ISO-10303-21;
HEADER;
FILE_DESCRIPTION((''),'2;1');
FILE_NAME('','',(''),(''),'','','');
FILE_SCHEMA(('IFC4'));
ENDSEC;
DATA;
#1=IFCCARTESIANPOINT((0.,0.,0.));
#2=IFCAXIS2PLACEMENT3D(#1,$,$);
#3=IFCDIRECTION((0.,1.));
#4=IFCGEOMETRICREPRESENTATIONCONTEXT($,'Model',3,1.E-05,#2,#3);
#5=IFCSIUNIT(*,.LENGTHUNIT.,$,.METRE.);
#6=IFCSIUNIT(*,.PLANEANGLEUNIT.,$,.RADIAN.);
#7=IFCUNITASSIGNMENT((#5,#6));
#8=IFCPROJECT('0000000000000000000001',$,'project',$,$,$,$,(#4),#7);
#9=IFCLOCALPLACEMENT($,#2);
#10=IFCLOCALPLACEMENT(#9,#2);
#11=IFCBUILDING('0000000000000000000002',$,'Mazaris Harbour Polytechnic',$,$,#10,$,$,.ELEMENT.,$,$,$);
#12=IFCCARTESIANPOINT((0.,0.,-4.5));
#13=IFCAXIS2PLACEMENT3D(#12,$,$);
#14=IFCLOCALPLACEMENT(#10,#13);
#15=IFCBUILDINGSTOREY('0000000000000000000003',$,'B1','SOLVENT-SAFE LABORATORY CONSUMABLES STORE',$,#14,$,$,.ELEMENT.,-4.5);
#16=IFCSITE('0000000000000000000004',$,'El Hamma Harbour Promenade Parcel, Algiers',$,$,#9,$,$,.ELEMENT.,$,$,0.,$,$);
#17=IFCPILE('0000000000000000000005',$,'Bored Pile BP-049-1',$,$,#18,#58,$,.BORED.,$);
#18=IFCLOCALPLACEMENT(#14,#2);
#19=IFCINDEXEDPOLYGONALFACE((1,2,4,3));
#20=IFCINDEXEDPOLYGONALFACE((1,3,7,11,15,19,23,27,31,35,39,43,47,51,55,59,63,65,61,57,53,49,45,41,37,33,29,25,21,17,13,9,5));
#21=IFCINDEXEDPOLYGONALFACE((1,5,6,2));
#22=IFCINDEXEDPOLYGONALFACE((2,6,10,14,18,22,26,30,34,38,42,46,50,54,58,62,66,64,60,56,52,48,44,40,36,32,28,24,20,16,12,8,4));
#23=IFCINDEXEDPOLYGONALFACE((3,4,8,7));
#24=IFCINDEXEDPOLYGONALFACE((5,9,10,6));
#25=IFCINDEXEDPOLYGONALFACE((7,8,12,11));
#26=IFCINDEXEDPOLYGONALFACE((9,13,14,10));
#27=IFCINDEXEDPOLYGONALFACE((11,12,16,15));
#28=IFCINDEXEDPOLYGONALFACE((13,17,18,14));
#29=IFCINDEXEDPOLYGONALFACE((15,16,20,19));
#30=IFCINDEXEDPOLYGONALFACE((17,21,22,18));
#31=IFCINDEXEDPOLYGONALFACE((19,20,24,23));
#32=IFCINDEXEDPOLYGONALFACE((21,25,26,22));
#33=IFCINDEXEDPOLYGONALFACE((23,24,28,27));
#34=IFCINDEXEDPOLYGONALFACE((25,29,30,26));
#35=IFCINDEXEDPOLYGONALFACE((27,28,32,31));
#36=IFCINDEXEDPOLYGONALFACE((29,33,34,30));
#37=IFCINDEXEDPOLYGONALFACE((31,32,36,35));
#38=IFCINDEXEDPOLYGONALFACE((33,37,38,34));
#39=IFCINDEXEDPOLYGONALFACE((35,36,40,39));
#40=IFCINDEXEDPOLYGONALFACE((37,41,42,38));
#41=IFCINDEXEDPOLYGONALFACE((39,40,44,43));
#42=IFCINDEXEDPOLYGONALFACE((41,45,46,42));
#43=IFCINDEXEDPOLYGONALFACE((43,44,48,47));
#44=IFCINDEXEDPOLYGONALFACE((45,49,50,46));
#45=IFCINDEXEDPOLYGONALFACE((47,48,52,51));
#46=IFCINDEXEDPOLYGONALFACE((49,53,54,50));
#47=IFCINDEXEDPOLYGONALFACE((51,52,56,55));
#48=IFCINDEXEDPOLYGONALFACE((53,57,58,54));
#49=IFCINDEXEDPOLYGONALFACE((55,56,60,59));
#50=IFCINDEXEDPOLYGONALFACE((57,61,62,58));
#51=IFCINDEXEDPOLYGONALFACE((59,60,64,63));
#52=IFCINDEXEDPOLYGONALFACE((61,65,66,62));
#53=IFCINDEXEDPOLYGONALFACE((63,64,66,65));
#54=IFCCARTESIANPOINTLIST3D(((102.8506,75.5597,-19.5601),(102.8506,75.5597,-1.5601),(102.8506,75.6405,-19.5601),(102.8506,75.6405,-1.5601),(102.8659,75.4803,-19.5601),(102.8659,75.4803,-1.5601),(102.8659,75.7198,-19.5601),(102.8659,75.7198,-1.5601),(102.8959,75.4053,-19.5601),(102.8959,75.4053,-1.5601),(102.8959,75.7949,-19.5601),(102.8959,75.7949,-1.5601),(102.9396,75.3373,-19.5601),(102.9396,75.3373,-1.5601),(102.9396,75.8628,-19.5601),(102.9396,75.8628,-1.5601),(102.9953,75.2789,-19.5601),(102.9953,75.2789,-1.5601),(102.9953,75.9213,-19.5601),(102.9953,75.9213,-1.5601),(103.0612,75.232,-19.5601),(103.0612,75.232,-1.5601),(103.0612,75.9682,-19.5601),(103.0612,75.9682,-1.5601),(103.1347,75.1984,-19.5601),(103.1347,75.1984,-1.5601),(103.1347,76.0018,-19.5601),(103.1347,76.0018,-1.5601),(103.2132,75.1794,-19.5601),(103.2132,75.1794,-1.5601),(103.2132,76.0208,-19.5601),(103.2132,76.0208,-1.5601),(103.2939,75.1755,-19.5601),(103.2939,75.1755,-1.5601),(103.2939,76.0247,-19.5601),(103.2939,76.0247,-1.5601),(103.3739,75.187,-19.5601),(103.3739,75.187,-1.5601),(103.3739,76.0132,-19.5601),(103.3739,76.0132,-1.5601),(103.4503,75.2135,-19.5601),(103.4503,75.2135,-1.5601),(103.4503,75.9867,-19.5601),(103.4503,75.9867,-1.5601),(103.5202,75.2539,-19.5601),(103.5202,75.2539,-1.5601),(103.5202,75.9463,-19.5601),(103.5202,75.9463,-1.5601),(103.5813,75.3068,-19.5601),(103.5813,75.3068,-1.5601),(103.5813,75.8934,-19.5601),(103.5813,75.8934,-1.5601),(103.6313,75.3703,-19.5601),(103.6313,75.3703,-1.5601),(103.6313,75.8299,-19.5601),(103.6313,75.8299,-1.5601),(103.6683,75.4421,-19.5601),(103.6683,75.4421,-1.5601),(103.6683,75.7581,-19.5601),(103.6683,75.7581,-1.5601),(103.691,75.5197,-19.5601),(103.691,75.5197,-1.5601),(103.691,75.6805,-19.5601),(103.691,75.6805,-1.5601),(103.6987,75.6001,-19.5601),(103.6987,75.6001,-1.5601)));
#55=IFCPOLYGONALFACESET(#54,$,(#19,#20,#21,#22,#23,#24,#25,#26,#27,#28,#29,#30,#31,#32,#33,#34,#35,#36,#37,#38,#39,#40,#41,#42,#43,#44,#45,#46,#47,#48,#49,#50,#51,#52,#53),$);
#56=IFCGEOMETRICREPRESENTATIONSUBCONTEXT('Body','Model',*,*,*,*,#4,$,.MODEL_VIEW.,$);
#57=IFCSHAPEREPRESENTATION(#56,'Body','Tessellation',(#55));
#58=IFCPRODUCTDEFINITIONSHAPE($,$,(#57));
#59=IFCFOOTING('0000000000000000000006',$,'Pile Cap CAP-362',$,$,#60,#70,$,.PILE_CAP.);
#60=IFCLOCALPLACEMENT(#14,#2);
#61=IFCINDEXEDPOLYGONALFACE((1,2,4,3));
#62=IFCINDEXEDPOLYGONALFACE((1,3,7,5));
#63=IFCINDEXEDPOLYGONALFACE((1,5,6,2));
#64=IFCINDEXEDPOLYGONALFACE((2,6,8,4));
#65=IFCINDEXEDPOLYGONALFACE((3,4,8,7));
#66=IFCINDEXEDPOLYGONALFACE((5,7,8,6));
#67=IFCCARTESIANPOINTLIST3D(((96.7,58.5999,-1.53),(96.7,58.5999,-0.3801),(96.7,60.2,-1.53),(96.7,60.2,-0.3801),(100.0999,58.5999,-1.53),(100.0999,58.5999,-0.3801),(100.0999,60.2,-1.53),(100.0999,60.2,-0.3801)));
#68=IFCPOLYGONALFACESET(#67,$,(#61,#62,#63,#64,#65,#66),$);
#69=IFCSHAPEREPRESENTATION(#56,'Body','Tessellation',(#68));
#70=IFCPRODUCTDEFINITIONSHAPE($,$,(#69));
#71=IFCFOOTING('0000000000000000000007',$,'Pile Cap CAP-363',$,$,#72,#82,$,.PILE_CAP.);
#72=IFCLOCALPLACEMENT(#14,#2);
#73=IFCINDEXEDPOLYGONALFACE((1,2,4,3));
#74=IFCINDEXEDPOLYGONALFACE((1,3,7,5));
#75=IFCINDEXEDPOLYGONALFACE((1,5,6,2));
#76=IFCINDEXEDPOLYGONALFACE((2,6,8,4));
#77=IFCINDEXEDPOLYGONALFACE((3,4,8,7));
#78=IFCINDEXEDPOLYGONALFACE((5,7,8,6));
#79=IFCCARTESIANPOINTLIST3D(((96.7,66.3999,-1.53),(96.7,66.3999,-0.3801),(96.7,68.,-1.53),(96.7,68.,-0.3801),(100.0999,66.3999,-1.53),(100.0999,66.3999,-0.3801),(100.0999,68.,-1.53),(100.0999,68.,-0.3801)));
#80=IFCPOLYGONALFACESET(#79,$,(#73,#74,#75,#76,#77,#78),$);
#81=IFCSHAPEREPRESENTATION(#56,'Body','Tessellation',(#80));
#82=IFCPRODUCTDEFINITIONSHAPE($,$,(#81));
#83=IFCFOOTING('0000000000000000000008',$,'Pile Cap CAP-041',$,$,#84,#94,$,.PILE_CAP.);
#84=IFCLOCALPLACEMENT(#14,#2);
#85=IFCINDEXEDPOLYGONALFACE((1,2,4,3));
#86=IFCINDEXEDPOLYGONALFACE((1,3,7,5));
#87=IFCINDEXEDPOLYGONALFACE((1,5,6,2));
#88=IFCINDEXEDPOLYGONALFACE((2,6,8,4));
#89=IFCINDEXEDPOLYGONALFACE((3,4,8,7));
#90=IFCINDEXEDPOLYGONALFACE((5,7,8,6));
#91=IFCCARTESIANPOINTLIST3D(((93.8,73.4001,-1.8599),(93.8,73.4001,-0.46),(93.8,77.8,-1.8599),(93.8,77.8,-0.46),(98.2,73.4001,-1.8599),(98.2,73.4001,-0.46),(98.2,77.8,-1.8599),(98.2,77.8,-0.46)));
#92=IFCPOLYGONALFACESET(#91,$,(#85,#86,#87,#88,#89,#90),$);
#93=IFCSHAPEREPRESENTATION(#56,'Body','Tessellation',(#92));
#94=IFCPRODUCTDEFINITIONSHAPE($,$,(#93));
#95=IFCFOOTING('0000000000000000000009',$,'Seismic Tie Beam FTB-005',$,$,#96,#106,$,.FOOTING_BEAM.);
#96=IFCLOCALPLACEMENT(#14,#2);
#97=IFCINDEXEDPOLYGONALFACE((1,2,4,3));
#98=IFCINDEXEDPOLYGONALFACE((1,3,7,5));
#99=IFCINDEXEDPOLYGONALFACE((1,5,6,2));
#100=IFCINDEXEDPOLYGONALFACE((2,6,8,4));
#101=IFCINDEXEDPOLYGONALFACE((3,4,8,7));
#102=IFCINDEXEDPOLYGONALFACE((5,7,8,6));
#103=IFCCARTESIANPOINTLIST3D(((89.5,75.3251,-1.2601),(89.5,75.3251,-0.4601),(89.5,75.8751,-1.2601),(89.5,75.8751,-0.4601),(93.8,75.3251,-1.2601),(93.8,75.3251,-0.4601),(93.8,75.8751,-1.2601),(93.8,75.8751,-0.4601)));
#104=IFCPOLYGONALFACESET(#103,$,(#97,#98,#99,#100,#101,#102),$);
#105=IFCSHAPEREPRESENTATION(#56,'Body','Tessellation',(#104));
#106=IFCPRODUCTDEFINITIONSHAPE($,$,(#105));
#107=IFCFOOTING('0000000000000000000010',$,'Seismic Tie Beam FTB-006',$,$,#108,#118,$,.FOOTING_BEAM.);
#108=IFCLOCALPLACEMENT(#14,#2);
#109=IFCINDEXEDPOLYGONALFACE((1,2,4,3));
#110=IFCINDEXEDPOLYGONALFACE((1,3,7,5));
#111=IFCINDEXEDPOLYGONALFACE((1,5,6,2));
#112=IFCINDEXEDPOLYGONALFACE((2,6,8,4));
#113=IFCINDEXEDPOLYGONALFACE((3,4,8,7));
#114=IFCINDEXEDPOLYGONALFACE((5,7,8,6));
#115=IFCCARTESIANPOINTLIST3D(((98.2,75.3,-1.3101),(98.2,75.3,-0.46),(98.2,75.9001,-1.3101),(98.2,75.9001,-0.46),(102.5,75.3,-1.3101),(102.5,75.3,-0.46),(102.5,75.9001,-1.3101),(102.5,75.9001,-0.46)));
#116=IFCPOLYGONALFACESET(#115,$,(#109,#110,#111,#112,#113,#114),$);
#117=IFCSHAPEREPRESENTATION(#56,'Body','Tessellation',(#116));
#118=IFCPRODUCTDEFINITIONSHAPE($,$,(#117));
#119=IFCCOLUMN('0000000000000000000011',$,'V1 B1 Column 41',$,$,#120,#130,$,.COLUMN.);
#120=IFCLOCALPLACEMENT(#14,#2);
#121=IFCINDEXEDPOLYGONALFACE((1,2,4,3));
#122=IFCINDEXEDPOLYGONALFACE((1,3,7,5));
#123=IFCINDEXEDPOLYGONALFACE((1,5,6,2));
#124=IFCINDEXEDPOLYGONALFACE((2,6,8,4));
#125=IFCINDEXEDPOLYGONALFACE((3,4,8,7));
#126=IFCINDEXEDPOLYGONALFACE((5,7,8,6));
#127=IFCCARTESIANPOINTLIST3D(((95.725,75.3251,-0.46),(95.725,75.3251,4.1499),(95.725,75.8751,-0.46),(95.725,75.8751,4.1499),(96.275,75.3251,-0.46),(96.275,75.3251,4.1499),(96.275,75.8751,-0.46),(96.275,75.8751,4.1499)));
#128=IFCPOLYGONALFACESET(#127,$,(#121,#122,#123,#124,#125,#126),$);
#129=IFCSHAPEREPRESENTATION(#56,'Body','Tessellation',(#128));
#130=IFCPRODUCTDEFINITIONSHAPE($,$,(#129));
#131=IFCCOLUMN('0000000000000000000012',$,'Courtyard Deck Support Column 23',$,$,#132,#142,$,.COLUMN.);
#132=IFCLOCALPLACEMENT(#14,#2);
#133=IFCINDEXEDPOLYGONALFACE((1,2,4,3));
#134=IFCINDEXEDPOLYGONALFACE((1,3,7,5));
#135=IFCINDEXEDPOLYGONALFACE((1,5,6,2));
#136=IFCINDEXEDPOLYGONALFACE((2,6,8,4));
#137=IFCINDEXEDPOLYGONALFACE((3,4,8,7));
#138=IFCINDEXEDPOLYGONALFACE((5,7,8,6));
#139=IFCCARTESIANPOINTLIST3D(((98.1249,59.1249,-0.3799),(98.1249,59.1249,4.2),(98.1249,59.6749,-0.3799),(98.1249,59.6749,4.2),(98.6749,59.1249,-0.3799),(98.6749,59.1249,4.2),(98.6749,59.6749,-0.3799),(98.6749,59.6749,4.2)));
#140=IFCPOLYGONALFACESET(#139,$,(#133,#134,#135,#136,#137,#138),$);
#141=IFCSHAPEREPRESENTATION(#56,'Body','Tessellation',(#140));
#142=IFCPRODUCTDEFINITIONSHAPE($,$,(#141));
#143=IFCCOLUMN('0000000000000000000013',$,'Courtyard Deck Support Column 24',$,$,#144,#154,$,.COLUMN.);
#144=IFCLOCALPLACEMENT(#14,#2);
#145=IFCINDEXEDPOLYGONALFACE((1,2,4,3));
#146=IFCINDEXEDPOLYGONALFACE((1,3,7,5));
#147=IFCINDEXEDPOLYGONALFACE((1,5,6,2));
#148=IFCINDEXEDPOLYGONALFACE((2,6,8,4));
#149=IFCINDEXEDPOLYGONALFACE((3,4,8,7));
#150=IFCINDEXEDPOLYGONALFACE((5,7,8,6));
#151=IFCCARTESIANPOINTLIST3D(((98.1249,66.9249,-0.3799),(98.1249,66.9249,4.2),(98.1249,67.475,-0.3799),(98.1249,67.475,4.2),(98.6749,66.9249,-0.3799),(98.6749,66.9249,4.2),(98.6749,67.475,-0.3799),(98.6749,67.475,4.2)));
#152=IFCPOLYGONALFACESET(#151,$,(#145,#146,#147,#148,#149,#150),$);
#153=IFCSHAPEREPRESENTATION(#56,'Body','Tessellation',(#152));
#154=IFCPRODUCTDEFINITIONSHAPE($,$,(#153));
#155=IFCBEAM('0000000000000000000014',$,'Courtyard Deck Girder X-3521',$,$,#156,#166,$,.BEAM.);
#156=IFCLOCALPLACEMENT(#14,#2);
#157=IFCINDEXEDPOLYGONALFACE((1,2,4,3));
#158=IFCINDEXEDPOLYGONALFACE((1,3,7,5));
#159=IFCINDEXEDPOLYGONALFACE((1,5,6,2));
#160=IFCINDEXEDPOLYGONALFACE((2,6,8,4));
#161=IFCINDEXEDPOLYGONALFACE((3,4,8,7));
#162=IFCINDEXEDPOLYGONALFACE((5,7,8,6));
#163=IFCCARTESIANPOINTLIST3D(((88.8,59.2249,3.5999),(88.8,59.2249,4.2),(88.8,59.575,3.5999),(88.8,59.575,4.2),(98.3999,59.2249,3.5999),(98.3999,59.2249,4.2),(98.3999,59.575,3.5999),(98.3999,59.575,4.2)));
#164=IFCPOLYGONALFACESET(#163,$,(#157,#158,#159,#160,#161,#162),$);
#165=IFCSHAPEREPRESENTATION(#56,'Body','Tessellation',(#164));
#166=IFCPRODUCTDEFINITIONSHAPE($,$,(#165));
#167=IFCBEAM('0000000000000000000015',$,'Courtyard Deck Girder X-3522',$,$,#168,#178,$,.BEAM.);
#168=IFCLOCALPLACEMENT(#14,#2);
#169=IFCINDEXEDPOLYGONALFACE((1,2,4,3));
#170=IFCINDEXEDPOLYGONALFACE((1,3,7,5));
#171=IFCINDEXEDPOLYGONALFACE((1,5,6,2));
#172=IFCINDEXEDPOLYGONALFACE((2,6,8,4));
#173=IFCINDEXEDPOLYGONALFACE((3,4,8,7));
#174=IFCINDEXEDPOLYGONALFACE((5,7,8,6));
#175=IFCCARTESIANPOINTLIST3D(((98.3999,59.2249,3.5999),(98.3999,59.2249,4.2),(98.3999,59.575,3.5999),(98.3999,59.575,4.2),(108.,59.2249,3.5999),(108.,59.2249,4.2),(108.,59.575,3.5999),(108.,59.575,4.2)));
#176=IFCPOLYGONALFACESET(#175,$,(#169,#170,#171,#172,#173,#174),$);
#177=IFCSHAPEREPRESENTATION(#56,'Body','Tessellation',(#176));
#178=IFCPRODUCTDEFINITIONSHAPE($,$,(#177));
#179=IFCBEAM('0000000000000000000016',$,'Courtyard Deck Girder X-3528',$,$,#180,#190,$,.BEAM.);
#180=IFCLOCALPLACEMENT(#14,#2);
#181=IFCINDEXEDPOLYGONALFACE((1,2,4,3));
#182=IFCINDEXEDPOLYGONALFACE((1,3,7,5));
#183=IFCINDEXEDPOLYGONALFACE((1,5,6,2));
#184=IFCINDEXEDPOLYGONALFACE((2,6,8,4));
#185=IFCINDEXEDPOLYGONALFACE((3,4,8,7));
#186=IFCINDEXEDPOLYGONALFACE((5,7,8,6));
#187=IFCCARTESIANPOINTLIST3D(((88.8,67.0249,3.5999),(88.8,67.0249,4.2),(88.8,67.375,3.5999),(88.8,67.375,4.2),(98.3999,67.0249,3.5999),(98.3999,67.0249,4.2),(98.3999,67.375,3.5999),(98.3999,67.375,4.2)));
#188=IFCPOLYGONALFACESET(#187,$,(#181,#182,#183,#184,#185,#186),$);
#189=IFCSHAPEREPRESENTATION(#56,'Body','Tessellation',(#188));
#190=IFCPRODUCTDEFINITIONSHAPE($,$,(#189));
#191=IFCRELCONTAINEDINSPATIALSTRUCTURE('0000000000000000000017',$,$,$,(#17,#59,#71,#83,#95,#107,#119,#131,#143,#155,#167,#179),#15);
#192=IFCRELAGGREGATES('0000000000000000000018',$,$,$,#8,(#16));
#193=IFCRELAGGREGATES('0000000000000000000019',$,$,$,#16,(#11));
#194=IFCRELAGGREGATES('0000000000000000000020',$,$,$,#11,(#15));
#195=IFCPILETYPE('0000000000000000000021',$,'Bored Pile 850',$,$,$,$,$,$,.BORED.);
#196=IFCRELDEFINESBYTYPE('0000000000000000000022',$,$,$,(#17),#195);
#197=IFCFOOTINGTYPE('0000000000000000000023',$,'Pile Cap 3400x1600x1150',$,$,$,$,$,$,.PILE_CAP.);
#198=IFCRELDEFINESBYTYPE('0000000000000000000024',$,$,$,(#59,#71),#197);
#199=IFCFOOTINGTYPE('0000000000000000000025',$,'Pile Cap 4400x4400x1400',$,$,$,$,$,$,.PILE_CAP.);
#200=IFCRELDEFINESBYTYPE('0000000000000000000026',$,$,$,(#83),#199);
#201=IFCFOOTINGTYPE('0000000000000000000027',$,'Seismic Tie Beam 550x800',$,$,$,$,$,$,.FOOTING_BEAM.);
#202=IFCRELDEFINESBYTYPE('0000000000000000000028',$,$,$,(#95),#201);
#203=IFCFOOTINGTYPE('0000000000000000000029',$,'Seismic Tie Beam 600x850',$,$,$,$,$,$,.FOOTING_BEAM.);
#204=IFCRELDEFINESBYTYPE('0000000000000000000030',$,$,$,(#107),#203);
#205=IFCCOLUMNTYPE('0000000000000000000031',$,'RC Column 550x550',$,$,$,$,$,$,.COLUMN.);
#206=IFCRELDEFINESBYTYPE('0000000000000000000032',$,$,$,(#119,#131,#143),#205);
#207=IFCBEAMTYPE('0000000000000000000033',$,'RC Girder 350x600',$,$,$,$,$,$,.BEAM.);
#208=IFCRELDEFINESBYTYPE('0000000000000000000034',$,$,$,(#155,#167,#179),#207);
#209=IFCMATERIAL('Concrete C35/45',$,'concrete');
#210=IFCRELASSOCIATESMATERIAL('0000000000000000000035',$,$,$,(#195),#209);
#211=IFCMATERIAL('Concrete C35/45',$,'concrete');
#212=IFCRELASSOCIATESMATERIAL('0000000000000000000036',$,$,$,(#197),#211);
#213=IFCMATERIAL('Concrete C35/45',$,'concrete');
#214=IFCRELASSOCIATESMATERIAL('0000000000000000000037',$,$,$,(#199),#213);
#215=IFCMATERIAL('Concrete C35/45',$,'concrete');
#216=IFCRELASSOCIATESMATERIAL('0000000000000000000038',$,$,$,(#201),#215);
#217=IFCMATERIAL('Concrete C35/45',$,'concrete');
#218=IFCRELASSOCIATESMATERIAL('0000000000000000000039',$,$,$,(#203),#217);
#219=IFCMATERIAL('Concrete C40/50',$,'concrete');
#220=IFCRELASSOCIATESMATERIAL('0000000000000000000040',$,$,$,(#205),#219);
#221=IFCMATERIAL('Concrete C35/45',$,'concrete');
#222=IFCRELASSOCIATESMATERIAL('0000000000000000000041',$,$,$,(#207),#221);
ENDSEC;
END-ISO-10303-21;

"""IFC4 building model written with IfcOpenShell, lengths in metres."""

from ifc_helpers import new_model, si_unit, direction, frame, origin, origin_2d, place, context, subcontext, project, spatial, rectangle, circle, extrude, material, material_profile, profile_set, type_object, element, save


model = new_model("IFC4")

# Units and contexts
model_context = context("Model", 3, precision=1e-05, world=origin(), true_north=direction((0.0, 1.0)))
body_context = subcontext(model_context, "Body", "Model", "MODEL_VIEW")
ifc_project = project(units=[si_unit("LENGTHUNIT", "METRE"), si_unit("PLANEANGLEUNIT", "RADIAN")], contexts=[model_context])

# Site, building, storey
site_placement = place(None, origin())
site = spatial("IfcSite", under=ifc_project, at=site_placement, Name="El Hamma Harbour Promenade Parcel, Algiers", CompositionType="ELEMENT", RefElevation=0.0)
building_placement = place(site_placement, origin())
building = spatial("IfcBuilding", under=site, at=building_placement, Name="Mazaris Harbour Polytechnic", CompositionType="ELEMENT")
storey_placement = place(building_placement, frame((0.0, 0.0, -4.5)))
storey = spatial("IfcBuildingStorey", under=building, at=storey_placement, Name="B1", Description="SOLVENT-SAFE LABORATORY CONSUMABLES STORE", CompositionType="ELEMENT", Elevation=-4.5)

# Pile
ifc_material_1 = material(Name="Concrete C35/45", Category="concrete")
ifc_material_profile_1 = material_profile(ifc_material_1, circle(Radius=0.425, at=origin_2d()), Name="DIA850")
ifc_profile_set_1 = profile_set([ifc_material_profile_1], Name="Concrete C35/45")
pile_type_1 = type_object("IfcPileType", Name="Bored Pile 850", PredefinedType="BORED", material=ifc_profile_set_1)
pile_placement = place(storey_placement, frame((103.2737, 75.6001, -1.5601), z_axis=(0.0, 0.0, -1.0), x_axis=(1.0, 0.0, 0.0)))
element("IfcPile", 1, at=pile_placement, inside=storey, type_object=pile_type_1, Name="Bored Pile BP-049-1", PredefinedType="BORED", context=body_context, shape_type="SweptSolid", body=[
    extrude(circle(Radius=0.425, at=origin_2d()), origin(), (0.0, 0.0, 1.0), 18.0),
])

# Footings
ifc_material_2 = material(Name="Concrete C35/45", Category="concrete")
footing_type_1 = type_object("IfcFootingType", Name="Pile Cap 3400x1600x1150", PredefinedType="PILE_CAP", material=ifc_material_2)
for number, where, z_axis, x_axis, name in (
    (2, (98.3999, 59.3999, -1.53), (0.0, 0.0, 1.0), (1.0, 0.0, 0.0), "Pile Cap CAP-362"),
    (3, (98.3999, 67.2, -1.53), (0.0, 0.0, 1.0), (1.0, 0.0, 0.0), "Pile Cap CAP-363"),
):
    element("IfcFooting", number, at=place(storey_placement, frame(where, z_axis=z_axis, x_axis=x_axis)), inside=storey, type_object=footing_type_1, Name=name, PredefinedType="PILE_CAP", context=body_context, shape_type="SweptSolid", body=[
        extrude(rectangle(XDim=3.3999, YDim=1.6001, at=origin_2d()), origin(), (0.0, 0.0, 1.0), 1.1499),
    ])
ifc_material_3 = material(Name="Concrete C35/45", Category="concrete")
footing_type_2 = type_object("IfcFootingType", Name="Pile Cap 4400x4400x1400", PredefinedType="PILE_CAP", material=ifc_material_3)
footing_1_placement = place(storey_placement, frame((96.0, 75.6001, -1.8599), z_axis=(0.0, 0.0, 1.0), x_axis=(1.0, 0.0, 0.0)))
element("IfcFooting", 4, at=footing_1_placement, inside=storey, type_object=footing_type_2, Name="Pile Cap CAP-041", PredefinedType="PILE_CAP", context=body_context, shape_type="SweptSolid", body=[
    extrude(rectangle(XDim=4.3999, YDim=4.3999, at=origin_2d()), origin(), (0.0, 0.0, 1.0), 1.3999),
])
ifc_material_4 = material(Name="Concrete C35/45", Category="concrete")
ifc_material_profile_2 = material_profile(ifc_material_4, rectangle(XDim=0.55, YDim=0.8, at=origin_2d()), Name="RECT550x800")
ifc_profile_set_2 = profile_set([ifc_material_profile_2], Name="Concrete C35/45")
footing_type_3 = type_object("IfcFootingType", Name="Seismic Tie Beam 550x800", PredefinedType="FOOTING_BEAM", material=ifc_profile_set_2)
footing_2_placement = place(storey_placement, frame((89.5, 75.6001, -0.8601), z_axis=(1.0, 0.0, 0.0), x_axis=(0.0, 1.0, 0.0)))
element("IfcFooting", 5, at=footing_2_placement, inside=storey, type_object=footing_type_3, Name="Seismic Tie Beam FTB-005", PredefinedType="FOOTING_BEAM", context=body_context, shape_type="SweptSolid", body=[
    extrude(rectangle(XDim=0.55, YDim=0.8, at=origin_2d()), origin(), (0.0, 0.0, 1.0), 4.3),
])
ifc_material_5 = material(Name="Concrete C35/45", Category="concrete")
ifc_material_profile_3 = material_profile(ifc_material_5, rectangle(XDim=0.6001, YDim=0.8501, at=origin_2d()), Name="RECT600x850")
ifc_profile_set_3 = profile_set([ifc_material_profile_3], Name="Concrete C35/45")
footing_type_4 = type_object("IfcFootingType", Name="Seismic Tie Beam 600x850", PredefinedType="FOOTING_BEAM", material=ifc_profile_set_3)
footing_3_placement = place(storey_placement, frame((98.2, 75.6001, -0.885), z_axis=(1.0, 0.0, 0.0), x_axis=(0.0, 1.0, 0.0)))
element("IfcFooting", 6, at=footing_3_placement, inside=storey, type_object=footing_type_4, Name="Seismic Tie Beam FTB-006", PredefinedType="FOOTING_BEAM", context=body_context, shape_type="SweptSolid", body=[
    extrude(rectangle(XDim=0.6001, YDim=0.8501, at=origin_2d()), origin(), (0.0, 0.0, 1.0), 4.3),
])

# Columns
ifc_material_6 = material(Name="Concrete C40/50", Category="concrete")
ifc_material_profile_4 = material_profile(ifc_material_6, rectangle(XDim=0.55, YDim=0.55, at=origin_2d()), Name="RECT550x550")
ifc_profile_set_4 = profile_set([ifc_material_profile_4], Name="Concrete C40/50")
column_type = type_object("IfcColumnType", Name="RC Column 550x550", PredefinedType="COLUMN", material=ifc_profile_set_4)
column_placement = place(storey_placement, frame((96.0, 75.6001, -0.46), z_axis=(0.0, 0.0, 1.0), x_axis=(1.0, 0.0, 0.0)))
element("IfcColumn", 7, at=column_placement, inside=storey, type_object=column_type, Name="V1 B1 Column 41", PredefinedType="COLUMN", context=body_context, shape_type="SweptSolid", body=[
    extrude(rectangle(XDim=0.55, YDim=0.55, at=origin_2d()), origin(), (0.0, 0.0, 1.0), 4.6099),
])
for number, where, z_axis, x_axis, name in (
    (8, (98.3999, 59.3999, -0.3799), (0.0, 0.0, 1.0), (1.0, 0.0, 0.0), "Courtyard Deck Support Column 23"),
    (9, (98.3999, 67.2, -0.3799), (0.0, 0.0, 1.0), (1.0, 0.0, 0.0), "Courtyard Deck Support Column 24"),
):
    element("IfcColumn", number, at=place(storey_placement, frame(where, z_axis=z_axis, x_axis=x_axis)), inside=storey, type_object=column_type, Name=name, PredefinedType="COLUMN", context=body_context, shape_type="SweptSolid", body=[
        extrude(rectangle(XDim=0.55, YDim=0.55, at=origin_2d()), origin(), (0.0, 0.0, 1.0), 4.5798),
    ])

# Beams
ifc_material_7 = material(Name="Concrete C35/45", Category="concrete")
ifc_material_profile_5 = material_profile(ifc_material_7, rectangle(XDim=0.3501, YDim=0.6001, at=origin_2d()), Name="RECT350x600")
ifc_profile_set_5 = profile_set([ifc_material_profile_5], Name="Concrete C35/45")
beam_type_1 = type_object("IfcBeamType", Name="RC Girder 350x600", PredefinedType="BEAM", material=ifc_profile_set_5)
beam_1_placement = place(storey_placement, frame((88.8, 59.3999, 3.8999), z_axis=(1.0, 0.0, 0.0), x_axis=(0.0, 1.0, 0.0)))
element("IfcBeam", 10, at=beam_1_placement, inside=storey, type_object=beam_type_1, Name="Courtyard Deck Girder X-3521", PredefinedType="BEAM", context=body_context, shape_type="SweptSolid", body=[
    extrude(rectangle(XDim=0.3501, YDim=0.6001, at=origin_2d()), origin(), (0.0, 0.0, 1.0), 9.5999),
])
beam_2_placement = place(storey_placement, frame((98.3999, 59.3999, 3.8999), z_axis=(1.0, 0.0, 0.0), x_axis=(0.0, 1.0, 0.0)))
element("IfcBeam", 11, at=beam_2_placement, inside=storey, type_object=beam_type_1, Name="Courtyard Deck Girder X-3522", PredefinedType="BEAM", context=body_context, shape_type="SweptSolid", body=[
    extrude(rectangle(XDim=0.3501, YDim=0.6001, at=origin_2d()), origin(), (0.0, 0.0, 1.0), 9.6001),
])
beam_3_placement = place(storey_placement, frame((88.8, 67.2, 3.8999), z_axis=(1.0, 0.0, 0.0), x_axis=(0.0, 1.0, 0.0)))
element("IfcBeam", 12, at=beam_3_placement, inside=storey, type_object=beam_type_1, Name="Courtyard Deck Girder X-3528", PredefinedType="BEAM", context=body_context, shape_type="SweptSolid", body=[
    extrude(rectangle(XDim=0.3501, YDim=0.6001, at=origin_2d()), origin(), (0.0, 0.0, 1.0), 9.5999),
])

save(model, "model.ifc")
